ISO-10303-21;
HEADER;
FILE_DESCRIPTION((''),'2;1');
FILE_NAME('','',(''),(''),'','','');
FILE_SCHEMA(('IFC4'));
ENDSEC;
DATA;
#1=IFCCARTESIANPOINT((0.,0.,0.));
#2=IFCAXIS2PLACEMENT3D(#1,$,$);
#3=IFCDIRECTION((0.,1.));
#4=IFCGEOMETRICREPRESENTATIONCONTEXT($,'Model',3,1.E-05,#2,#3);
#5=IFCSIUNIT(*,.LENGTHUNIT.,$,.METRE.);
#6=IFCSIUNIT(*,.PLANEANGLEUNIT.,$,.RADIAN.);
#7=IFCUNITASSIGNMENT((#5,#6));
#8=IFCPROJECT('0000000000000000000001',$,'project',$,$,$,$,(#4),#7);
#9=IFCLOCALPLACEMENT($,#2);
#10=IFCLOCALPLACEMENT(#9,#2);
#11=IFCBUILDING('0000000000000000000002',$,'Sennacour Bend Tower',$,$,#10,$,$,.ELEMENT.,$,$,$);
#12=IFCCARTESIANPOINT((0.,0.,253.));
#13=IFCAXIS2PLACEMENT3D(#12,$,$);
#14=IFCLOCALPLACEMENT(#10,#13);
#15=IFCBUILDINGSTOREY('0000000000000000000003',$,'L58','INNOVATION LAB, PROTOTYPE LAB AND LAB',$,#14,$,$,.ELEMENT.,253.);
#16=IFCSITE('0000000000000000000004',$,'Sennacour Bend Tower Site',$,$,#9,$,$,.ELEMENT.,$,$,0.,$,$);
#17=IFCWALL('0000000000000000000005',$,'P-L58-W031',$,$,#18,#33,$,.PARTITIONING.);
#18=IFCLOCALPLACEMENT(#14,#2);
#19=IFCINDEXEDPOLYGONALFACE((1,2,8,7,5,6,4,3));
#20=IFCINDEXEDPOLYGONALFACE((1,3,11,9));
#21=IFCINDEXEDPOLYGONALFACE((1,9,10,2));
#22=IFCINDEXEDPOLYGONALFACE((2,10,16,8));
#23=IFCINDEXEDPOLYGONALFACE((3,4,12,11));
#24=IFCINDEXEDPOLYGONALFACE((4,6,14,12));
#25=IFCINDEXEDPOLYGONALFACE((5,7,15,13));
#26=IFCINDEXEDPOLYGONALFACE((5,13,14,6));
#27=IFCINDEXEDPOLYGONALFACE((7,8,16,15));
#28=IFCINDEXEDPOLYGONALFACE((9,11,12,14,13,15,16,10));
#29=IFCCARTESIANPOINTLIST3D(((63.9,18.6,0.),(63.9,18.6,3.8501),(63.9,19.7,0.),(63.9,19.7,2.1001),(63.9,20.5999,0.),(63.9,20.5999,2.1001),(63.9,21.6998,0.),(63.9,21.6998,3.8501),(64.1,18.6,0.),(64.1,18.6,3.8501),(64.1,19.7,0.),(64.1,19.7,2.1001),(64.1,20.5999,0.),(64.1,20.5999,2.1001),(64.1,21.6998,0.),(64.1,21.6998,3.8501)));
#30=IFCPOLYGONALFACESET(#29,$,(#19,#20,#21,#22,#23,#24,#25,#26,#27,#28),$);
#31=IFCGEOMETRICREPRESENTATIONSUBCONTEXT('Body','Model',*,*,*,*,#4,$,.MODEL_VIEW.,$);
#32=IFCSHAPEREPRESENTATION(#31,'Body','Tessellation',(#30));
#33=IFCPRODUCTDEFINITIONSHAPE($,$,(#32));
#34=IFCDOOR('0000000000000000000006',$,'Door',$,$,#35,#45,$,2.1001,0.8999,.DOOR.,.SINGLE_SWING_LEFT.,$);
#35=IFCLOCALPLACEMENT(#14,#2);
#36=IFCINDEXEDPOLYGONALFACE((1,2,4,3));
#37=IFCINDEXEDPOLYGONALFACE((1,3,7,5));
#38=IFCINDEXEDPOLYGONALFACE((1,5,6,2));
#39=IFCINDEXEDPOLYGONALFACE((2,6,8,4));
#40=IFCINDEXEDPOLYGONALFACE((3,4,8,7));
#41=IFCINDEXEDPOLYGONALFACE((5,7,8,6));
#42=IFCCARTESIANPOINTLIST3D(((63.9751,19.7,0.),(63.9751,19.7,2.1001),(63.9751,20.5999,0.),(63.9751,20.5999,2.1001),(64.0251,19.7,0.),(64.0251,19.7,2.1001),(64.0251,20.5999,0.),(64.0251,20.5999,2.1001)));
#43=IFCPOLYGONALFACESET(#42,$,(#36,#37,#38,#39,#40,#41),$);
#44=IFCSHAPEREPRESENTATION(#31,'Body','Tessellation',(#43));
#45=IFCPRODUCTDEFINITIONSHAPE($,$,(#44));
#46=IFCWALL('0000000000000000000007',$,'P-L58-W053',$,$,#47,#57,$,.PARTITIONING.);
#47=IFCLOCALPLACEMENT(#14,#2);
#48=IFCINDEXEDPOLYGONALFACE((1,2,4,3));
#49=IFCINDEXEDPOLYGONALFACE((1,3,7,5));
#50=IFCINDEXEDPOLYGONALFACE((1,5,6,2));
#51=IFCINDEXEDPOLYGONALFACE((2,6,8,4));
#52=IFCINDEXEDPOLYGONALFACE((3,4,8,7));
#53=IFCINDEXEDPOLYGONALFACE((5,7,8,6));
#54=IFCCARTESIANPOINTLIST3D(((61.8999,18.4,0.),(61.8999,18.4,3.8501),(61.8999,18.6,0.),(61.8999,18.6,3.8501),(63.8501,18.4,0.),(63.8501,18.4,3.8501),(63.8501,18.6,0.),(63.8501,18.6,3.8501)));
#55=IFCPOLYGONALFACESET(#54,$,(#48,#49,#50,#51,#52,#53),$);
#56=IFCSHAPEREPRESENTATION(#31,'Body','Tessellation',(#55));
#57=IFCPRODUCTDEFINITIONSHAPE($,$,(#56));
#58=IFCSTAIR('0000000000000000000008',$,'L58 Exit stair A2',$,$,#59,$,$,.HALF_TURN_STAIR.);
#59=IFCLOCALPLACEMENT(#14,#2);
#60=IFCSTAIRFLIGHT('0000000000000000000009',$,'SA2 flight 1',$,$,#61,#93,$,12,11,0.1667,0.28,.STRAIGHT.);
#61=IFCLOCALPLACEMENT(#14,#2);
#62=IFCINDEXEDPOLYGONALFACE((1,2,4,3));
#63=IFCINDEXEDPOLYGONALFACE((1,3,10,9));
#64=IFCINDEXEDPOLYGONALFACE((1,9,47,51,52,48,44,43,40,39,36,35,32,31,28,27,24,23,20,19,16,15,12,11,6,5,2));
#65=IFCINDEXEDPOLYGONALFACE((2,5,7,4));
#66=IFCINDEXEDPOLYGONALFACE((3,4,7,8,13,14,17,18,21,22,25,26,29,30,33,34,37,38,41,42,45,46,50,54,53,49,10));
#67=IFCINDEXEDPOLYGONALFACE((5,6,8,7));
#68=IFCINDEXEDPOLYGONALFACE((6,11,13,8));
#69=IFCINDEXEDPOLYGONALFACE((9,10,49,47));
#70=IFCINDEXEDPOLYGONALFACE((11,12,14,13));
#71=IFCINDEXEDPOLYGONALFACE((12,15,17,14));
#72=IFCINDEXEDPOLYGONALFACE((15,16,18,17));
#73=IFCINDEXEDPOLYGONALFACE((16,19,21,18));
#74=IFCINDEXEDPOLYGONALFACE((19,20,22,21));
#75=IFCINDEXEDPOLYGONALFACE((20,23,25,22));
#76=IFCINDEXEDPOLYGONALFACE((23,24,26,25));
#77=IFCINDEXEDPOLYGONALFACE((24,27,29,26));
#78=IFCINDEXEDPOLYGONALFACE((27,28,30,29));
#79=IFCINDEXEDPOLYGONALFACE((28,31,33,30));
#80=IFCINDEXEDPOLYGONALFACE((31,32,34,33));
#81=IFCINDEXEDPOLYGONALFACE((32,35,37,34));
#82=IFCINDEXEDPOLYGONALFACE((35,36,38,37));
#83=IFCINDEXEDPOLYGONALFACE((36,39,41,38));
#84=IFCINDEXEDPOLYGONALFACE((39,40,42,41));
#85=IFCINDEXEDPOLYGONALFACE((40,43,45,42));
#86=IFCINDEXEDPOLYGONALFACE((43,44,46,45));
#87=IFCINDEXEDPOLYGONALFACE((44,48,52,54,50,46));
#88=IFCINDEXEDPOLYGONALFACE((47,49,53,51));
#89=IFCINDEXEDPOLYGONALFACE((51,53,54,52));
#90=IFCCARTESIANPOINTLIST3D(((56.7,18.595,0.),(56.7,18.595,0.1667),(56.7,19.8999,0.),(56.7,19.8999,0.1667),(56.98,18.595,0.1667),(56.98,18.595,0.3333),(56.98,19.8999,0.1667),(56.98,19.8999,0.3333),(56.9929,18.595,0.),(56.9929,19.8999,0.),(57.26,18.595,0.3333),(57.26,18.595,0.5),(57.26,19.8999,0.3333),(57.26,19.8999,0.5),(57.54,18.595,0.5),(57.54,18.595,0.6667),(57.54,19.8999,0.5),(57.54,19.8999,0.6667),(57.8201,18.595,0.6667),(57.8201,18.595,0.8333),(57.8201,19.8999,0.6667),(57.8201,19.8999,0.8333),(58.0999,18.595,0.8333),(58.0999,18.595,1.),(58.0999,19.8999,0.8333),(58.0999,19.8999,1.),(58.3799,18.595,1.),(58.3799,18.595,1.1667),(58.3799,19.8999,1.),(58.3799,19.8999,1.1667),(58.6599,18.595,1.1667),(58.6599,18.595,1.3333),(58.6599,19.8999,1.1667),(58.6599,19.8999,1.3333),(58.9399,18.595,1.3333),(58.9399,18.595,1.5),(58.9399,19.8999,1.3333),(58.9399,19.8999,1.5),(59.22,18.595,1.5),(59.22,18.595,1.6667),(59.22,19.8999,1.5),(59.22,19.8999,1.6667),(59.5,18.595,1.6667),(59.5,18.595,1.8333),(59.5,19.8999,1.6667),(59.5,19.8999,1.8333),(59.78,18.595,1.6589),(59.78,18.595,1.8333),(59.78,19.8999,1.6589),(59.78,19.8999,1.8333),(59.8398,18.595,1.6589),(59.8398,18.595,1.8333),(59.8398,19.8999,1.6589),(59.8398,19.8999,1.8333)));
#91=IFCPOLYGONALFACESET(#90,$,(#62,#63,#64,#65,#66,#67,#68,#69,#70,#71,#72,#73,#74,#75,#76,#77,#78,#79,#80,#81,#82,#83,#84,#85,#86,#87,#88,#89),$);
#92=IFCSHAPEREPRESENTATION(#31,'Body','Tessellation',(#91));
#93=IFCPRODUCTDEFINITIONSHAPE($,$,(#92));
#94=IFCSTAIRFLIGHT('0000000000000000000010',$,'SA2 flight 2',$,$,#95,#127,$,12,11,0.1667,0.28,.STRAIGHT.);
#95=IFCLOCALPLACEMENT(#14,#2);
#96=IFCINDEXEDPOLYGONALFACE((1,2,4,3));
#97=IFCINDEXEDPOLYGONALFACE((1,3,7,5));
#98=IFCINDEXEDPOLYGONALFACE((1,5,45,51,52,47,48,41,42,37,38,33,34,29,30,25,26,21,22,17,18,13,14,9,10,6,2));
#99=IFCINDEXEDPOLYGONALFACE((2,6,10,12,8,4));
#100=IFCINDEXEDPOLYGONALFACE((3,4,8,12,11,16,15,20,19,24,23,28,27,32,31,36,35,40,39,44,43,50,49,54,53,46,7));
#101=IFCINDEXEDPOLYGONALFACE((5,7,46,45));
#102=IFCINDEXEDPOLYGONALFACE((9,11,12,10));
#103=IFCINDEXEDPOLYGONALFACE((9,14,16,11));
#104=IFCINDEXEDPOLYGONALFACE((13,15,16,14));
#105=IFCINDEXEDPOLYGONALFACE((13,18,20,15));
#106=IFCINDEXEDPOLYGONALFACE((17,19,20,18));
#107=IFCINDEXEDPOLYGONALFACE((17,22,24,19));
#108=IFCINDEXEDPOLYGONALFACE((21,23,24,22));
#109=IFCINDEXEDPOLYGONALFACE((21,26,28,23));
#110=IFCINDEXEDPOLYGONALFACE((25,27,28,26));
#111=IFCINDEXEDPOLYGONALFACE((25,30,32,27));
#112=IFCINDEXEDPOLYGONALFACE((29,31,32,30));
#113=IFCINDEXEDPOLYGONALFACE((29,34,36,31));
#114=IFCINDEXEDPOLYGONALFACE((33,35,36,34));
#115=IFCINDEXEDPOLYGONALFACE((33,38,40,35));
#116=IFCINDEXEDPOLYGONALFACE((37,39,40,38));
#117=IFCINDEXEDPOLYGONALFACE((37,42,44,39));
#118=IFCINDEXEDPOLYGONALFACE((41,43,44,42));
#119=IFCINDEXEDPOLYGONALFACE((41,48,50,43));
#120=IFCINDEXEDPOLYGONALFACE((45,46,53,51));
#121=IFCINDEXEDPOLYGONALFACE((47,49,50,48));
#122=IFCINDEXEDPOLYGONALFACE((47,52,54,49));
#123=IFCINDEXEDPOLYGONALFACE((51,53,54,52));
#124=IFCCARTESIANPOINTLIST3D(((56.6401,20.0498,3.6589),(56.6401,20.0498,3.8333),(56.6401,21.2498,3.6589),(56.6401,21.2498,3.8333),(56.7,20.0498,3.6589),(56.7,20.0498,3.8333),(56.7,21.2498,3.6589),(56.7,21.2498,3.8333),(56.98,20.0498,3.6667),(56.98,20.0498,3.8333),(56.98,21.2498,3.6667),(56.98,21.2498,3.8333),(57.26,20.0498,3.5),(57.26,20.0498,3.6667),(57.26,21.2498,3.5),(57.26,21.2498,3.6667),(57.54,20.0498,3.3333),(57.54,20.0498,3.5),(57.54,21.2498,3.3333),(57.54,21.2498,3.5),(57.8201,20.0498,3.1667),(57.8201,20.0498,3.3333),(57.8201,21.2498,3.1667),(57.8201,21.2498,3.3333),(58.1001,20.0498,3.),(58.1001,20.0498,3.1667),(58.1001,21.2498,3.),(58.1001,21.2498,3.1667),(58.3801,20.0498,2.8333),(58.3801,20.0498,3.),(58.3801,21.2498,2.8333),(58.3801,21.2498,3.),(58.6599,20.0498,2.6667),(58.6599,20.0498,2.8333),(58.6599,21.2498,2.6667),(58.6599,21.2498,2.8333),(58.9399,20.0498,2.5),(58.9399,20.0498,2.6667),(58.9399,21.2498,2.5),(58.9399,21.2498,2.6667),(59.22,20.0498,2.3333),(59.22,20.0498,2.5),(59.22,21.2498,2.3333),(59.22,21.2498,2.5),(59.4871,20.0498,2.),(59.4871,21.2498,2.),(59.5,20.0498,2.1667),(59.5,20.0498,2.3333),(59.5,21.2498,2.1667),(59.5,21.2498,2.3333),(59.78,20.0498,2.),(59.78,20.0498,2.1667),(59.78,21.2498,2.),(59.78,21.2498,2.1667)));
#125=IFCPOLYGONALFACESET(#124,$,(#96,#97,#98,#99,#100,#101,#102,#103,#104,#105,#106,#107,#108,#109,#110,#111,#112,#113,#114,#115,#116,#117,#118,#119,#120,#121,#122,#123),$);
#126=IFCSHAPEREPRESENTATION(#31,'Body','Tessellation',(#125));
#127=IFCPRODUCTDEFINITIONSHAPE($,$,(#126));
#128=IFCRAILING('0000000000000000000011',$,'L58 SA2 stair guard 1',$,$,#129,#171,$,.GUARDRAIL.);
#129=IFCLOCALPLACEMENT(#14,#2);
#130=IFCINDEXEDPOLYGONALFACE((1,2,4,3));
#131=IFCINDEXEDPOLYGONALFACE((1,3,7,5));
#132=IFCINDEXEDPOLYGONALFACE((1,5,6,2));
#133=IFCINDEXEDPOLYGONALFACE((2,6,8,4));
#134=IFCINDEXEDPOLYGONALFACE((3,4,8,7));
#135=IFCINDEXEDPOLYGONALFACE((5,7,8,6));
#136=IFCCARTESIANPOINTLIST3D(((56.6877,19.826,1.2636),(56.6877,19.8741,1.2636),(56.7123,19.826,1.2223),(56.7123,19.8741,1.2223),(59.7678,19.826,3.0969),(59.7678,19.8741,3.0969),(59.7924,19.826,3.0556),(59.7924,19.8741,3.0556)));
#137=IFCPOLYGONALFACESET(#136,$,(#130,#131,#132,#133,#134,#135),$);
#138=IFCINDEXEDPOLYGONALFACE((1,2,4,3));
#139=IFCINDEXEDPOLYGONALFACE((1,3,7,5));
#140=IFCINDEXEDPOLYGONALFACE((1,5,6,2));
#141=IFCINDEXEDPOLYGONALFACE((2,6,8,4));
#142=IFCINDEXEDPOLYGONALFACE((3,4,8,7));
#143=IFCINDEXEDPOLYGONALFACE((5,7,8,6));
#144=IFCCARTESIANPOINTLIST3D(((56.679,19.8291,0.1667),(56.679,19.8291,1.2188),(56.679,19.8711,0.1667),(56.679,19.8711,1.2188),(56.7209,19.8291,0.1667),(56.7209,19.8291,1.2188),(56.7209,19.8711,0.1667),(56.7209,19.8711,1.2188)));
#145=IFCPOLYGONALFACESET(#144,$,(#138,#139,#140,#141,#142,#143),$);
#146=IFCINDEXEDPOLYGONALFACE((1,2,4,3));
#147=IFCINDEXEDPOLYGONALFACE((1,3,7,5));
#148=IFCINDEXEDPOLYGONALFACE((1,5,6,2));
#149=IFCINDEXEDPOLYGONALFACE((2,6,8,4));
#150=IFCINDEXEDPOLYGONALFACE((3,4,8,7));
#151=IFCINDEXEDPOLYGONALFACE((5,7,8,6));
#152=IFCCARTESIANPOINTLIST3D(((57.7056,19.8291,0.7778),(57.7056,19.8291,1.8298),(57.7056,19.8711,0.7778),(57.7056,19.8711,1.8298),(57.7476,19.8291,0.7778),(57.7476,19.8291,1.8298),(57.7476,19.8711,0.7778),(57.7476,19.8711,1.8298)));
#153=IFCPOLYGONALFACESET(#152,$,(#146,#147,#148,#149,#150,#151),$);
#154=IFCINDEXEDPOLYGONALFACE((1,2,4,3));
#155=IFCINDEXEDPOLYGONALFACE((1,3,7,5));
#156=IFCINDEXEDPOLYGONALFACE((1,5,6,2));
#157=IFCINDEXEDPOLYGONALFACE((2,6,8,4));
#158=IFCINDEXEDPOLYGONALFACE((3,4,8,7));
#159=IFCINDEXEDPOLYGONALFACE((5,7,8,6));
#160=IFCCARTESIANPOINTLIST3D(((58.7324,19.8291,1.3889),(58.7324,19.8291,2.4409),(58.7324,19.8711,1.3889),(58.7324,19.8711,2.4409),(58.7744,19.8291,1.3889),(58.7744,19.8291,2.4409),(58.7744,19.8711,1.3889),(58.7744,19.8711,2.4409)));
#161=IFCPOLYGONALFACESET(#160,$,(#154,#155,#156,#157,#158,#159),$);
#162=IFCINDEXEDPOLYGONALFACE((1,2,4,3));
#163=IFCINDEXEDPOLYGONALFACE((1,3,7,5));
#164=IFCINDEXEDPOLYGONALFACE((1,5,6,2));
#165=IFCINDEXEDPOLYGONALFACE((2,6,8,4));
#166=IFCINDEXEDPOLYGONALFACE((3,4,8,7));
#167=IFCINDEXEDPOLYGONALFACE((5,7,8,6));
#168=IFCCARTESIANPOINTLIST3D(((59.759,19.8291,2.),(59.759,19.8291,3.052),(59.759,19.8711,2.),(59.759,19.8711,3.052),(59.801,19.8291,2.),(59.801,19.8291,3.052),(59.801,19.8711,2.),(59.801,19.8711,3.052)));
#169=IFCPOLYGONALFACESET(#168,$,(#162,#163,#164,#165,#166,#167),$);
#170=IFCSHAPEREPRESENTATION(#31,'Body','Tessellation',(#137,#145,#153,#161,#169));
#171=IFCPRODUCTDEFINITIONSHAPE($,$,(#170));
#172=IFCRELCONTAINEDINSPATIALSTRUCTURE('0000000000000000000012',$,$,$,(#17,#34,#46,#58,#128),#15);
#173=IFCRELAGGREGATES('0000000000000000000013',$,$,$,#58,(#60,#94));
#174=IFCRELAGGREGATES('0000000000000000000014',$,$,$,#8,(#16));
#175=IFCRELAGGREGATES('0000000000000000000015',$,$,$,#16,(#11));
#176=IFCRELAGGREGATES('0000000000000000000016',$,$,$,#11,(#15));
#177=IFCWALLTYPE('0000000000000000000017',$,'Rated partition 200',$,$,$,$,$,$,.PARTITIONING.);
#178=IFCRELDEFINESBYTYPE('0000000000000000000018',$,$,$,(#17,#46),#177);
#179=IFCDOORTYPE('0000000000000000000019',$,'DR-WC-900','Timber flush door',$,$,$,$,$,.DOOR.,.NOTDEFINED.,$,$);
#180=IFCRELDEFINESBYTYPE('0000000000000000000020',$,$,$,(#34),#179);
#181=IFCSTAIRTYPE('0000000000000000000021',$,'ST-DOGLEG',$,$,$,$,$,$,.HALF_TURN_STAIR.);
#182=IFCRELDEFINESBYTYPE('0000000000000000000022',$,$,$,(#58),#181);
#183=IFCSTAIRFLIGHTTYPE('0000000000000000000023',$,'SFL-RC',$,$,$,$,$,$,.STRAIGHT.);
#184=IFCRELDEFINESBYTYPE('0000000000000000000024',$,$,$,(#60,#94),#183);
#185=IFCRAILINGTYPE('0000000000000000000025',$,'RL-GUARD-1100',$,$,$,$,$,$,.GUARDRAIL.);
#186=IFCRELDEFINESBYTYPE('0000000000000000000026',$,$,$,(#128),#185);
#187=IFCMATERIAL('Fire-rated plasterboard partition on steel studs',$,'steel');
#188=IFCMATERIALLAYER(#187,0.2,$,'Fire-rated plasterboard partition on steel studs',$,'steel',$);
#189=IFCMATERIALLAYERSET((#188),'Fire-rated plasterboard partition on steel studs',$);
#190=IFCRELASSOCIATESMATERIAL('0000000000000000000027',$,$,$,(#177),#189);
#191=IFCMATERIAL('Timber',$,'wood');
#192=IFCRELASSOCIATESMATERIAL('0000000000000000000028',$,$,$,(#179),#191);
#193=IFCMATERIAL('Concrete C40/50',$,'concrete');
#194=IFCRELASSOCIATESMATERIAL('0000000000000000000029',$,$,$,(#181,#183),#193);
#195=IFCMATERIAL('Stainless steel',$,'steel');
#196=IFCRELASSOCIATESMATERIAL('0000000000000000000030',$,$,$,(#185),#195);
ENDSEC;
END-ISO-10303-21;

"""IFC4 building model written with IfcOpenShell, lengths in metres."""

from ifc_helpers import new_model, si_unit, direction, frame, frame_2d, origin, origin_2d, place, context, subcontext, project, spatial, polyline, rectangle, outline, extrude, material, layer, layer_set, type_object, element, fill, aggregate, save


model = new_model("IFC4")

# Units and contexts
model_context = context("Model", 3, precision=1e-05, world=origin(), true_north=direction((0.0, 1.0)))
body_context = subcontext(model_context, "Body", "Model", "MODEL_VIEW")
ifc_project = project(units=[si_unit("LENGTHUNIT", "METRE"), si_unit("PLANEANGLEUNIT", "RADIAN")], contexts=[model_context])

# Site, building, storey
site_placement = place(None, origin())
site = spatial("IfcSite", under=ifc_project, at=site_placement, Name="Sennacour Bend Tower Site", CompositionType="ELEMENT", RefElevation=0.0)
building_placement = place(site_placement, origin())
building = spatial("IfcBuilding", under=site, at=building_placement, Name="Sennacour Bend Tower", CompositionType="ELEMENT")
storey_placement = place(building_placement, frame((0.0, 0.0, 253.0)))
storey = spatial("IfcBuildingStorey", under=building, at=storey_placement, Name="L58", Description="INNOVATION LAB, PROTOTYPE LAB AND LAB", CompositionType="ELEMENT", Elevation=253.0)

# Wall, opening, door
ifc_material_1 = material(Name="Fire-rated plasterboard partition on steel studs", Category="steel")
ifc_layer = layer(ifc_material_1, 0.2, Name="Fire-rated plasterboard partition on steel studs", Category="steel")
ifc_layer_set = layer_set([ifc_layer], Name="Fire-rated plasterboard partition on steel studs")
wall_type = type_object("IfcWallType", Name="Rated partition 200", PredefinedType="PARTITIONING", material=ifc_layer_set)
wall_1_placement = place(storey_placement, frame((64.0, 18.6001, 0.0), z_axis=(0.0, 0.0, 1.0), x_axis=(0.0, 1.0, 0.0)))
wall_1 = element("IfcWall", 1, at=wall_1_placement, inside=storey, type_object=wall_type, Name="P-L58-W031", PredefinedType="PARTITIONING", context=body_context, shape_type="SweptSolid", body=[
    extrude(rectangle(XDim=3.0999, YDim=0.2, at=frame_2d((1.5498, 0.0))), origin(), (0.0, 0.0, 1.0), 3.8501),
])
opening_placement = place(wall_1_placement, frame((1.0999, 0.0, 0.0)))
opening = element("IfcOpeningElement", 2, at=opening_placement, cuts=wall_1, PredefinedType="OPENING", context=body_context, shape_type="SweptSolid", body=[
    extrude(rectangle(XDim=0.8999, YDim=2.1001, at=frame_2d((0.45, 1.05))), frame((0.0, 0.1099, 0.0), z_axis=(0.0, -1.0, 0.0), x_axis=(1.0, 0.0, 0.0)), (0.0, 0.0, 1.0), 0.22),
])
ifc_material_2 = material(Name="Timber", Category="wood")
door_type = type_object("IfcDoorType", Name="DR-WC-900", Description="Timber flush door", OperationType="NOTDEFINED", PredefinedType="DOOR", material=ifc_material_2)
door_placement = place(opening_placement, origin())
door = element("IfcDoor", 3, at=door_placement, inside=storey, type_object=door_type, Name="Door", OperationType="SINGLE_SWING_LEFT", OverallHeight=2.1001, OverallWidth=0.8999, PredefinedType="DOOR", context=body_context, shape_type="SweptSolid", body=[
    extrude(rectangle(XDim=0.8999, YDim=2.1001, at=frame_2d((0.45, 1.05))), frame((0.0, 0.0249, 0.0), z_axis=(0.0, -1.0, 0.0), x_axis=(1.0, 0.0, 0.0)), (0.0, 0.0, 1.0), 0.05),
])
fill(opening, door)

# Wall
wall_2_placement = place(storey_placement, frame((61.8999, 18.5, 0.0), z_axis=(0.0, 0.0, 1.0), x_axis=(1.0, 0.0, 0.0)))
element("IfcWall", 4, at=wall_2_placement, inside=storey, type_object=wall_type, Name="P-L58-W053", PredefinedType="PARTITIONING", context=body_context, shape_type="SweptSolid", body=[
    extrude(rectangle(XDim=1.9502, YDim=0.2, at=frame_2d((0.9751, 0.0))), origin(), (0.0, 0.0, 1.0), 3.8501),
])

# Stair, stair flights
ifc_material_3 = material(Name="Concrete C40/50", Category="concrete")
stair_type = type_object("IfcStairType", Name="ST-DOGLEG", PredefinedType="HALF_TURN_STAIR", material=ifc_material_3)
stair_placement = place(storey_placement, origin())
stair = element("IfcStair", 5, at=stair_placement, inside=storey, type_object=stair_type, Name="L58 Exit stair A2", PredefinedType="HALF_TURN_STAIR")
stair_flight_type = type_object("IfcStairFlightType", Name="SFL-RC", PredefinedType="STRAIGHT", material=ifc_material_3)
stair_flight_1_placement = place(storey_placement, frame((56.7, 19.2476, 0.0), z_axis=(0.0, 0.0, 1.0), x_axis=(1.0, 0.0, 0.0)))
stair_flight_1 = element("IfcStairFlight", 6, at=stair_flight_1_placement, type_object=stair_flight_type, Name="SA2 flight 1", NumberOfRisers=12, NumberOfTreads=11, PredefinedType="STRAIGHT", RiserHeight=0.1667, TreadLength=0.28, context=body_context, shape_type="SweptSolid", body=[
    extrude(outline(polyline([(0.0, 0.0), (0.0, 0.1667), (0.28, 0.1667), (0.28, 0.3333), (0.5601, 0.3333), (0.5601, 0.5), (0.8401, 0.5), (0.8401, 0.6667), (1.1201, 0.6667), (1.1201, 0.8333), (1.3999, 0.8333), (1.3999, 1.0), (1.6799, 1.0), (1.6799, 1.1667), (1.96, 1.1667), (1.96, 1.3333), (2.24, 1.3333), (2.24, 1.5), (2.52, 1.5), (2.52, 1.6667), (2.8, 1.6667), (2.8, 1.8333), (3.0801, 1.8333), (3.1399, 1.8333), (3.1399, 1.6589), (3.0801, 1.6589), (0.293, 0.0), (0.0, 0.0)])), frame((0.0, 0.6523, 0.0), z_axis=(0.0, -1.0, 0.0), x_axis=(1.0, 0.0, 0.0)), (0.0, 0.0, 1.0), 1.3049),
])
stair_flight_2_placement = place(storey_placement, frame((59.78, 20.6499, 2.0), z_axis=(0.0, 0.0, 1.0), x_axis=(-1.0, 0.0, 0.0)))
stair_flight_2 = element("IfcStairFlight", 7, at=stair_flight_2_placement, type_object=stair_flight_type, Name="SA2 flight 2", NumberOfRisers=12, NumberOfTreads=11, PredefinedType="STRAIGHT", RiserHeight=0.1667, TreadLength=0.28, context=body_context, shape_type="SweptSolid", body=[
    extrude(outline(polyline([(0.0, 0.0), (0.0, 0.1667), (0.28, 0.1667), (0.28, 0.3333), (0.5601, 0.3333), (0.5601, 0.5), (0.8401, 0.5), (0.8401, 0.6667), (1.1201, 0.6667), (1.1201, 0.8333), (1.3999, 0.8333), (1.3999, 1.0), (1.6799, 1.0), (1.6799, 1.1667), (1.96, 1.1667), (1.96, 1.3333), (2.24, 1.3333), (2.24, 1.5), (2.52, 1.5), (2.52, 1.6667), (2.8, 1.6667), (2.8, 1.8333), (3.0801, 1.8333), (3.1399, 1.8333), (3.1399, 1.6589), (3.0801, 1.6589), (0.293, 0.0), (0.0, 0.0)])), frame((0.0, 0.6001, 0.0), z_axis=(0.0, -1.0, 0.0), x_axis=(1.0, 0.0, 0.0)), (0.0, 0.0, 1.0), 1.2),
])
aggregate(stair, [stair_flight_1, stair_flight_2])

# Railing
ifc_material_4 = material(Name="Stainless steel", Category="steel")
railing_type_1 = type_object("IfcRailingType", Name="RL-GUARD-1100", PredefinedType="GUARDRAIL", material=ifc_material_4)
railing_1_placement = place(storey_placement, frame((56.7, 19.8501, 0.1667)))
element("IfcRailing", 8, at=railing_1_placement, inside=storey, type_object=railing_type_1, Name="L58 SA2 stair guard 1", PredefinedType="GUARDRAIL", context=body_context, shape_type="SweptSolid", body=[
    extrude(rectangle(XDim=0.0481, YDim=0.0481, at=origin_2d()), frame((0.0, 0.0, 1.0762), z_axis=(0.859309, 0.0, 0.511458), x_axis=(0.0, 1.0, 0.0)), (0.0, 0.0, 1.0), 3.5845),
    extrude(rectangle(XDim=0.042, YDim=0.042, at=origin_2d()), origin(), (0.0, 0.0, 1.0), 1.052),
    extrude(rectangle(XDim=0.042, YDim=0.042, at=origin_2d()), frame((1.0266, 0.0, 0.6111)), (0.0, 0.0, 1.0), 1.052),
    extrude(rectangle(XDim=0.042, YDim=0.042, at=origin_2d()), frame((2.0535, 0.0, 1.2222)), (0.0, 0.0, 1.0), 1.052),
    extrude(rectangle(XDim=0.042, YDim=0.042, at=origin_2d()), frame((3.0801, 0.0, 1.8333)), (0.0, 0.0, 1.0), 1.052),
])

save(model, "model.ifc")
